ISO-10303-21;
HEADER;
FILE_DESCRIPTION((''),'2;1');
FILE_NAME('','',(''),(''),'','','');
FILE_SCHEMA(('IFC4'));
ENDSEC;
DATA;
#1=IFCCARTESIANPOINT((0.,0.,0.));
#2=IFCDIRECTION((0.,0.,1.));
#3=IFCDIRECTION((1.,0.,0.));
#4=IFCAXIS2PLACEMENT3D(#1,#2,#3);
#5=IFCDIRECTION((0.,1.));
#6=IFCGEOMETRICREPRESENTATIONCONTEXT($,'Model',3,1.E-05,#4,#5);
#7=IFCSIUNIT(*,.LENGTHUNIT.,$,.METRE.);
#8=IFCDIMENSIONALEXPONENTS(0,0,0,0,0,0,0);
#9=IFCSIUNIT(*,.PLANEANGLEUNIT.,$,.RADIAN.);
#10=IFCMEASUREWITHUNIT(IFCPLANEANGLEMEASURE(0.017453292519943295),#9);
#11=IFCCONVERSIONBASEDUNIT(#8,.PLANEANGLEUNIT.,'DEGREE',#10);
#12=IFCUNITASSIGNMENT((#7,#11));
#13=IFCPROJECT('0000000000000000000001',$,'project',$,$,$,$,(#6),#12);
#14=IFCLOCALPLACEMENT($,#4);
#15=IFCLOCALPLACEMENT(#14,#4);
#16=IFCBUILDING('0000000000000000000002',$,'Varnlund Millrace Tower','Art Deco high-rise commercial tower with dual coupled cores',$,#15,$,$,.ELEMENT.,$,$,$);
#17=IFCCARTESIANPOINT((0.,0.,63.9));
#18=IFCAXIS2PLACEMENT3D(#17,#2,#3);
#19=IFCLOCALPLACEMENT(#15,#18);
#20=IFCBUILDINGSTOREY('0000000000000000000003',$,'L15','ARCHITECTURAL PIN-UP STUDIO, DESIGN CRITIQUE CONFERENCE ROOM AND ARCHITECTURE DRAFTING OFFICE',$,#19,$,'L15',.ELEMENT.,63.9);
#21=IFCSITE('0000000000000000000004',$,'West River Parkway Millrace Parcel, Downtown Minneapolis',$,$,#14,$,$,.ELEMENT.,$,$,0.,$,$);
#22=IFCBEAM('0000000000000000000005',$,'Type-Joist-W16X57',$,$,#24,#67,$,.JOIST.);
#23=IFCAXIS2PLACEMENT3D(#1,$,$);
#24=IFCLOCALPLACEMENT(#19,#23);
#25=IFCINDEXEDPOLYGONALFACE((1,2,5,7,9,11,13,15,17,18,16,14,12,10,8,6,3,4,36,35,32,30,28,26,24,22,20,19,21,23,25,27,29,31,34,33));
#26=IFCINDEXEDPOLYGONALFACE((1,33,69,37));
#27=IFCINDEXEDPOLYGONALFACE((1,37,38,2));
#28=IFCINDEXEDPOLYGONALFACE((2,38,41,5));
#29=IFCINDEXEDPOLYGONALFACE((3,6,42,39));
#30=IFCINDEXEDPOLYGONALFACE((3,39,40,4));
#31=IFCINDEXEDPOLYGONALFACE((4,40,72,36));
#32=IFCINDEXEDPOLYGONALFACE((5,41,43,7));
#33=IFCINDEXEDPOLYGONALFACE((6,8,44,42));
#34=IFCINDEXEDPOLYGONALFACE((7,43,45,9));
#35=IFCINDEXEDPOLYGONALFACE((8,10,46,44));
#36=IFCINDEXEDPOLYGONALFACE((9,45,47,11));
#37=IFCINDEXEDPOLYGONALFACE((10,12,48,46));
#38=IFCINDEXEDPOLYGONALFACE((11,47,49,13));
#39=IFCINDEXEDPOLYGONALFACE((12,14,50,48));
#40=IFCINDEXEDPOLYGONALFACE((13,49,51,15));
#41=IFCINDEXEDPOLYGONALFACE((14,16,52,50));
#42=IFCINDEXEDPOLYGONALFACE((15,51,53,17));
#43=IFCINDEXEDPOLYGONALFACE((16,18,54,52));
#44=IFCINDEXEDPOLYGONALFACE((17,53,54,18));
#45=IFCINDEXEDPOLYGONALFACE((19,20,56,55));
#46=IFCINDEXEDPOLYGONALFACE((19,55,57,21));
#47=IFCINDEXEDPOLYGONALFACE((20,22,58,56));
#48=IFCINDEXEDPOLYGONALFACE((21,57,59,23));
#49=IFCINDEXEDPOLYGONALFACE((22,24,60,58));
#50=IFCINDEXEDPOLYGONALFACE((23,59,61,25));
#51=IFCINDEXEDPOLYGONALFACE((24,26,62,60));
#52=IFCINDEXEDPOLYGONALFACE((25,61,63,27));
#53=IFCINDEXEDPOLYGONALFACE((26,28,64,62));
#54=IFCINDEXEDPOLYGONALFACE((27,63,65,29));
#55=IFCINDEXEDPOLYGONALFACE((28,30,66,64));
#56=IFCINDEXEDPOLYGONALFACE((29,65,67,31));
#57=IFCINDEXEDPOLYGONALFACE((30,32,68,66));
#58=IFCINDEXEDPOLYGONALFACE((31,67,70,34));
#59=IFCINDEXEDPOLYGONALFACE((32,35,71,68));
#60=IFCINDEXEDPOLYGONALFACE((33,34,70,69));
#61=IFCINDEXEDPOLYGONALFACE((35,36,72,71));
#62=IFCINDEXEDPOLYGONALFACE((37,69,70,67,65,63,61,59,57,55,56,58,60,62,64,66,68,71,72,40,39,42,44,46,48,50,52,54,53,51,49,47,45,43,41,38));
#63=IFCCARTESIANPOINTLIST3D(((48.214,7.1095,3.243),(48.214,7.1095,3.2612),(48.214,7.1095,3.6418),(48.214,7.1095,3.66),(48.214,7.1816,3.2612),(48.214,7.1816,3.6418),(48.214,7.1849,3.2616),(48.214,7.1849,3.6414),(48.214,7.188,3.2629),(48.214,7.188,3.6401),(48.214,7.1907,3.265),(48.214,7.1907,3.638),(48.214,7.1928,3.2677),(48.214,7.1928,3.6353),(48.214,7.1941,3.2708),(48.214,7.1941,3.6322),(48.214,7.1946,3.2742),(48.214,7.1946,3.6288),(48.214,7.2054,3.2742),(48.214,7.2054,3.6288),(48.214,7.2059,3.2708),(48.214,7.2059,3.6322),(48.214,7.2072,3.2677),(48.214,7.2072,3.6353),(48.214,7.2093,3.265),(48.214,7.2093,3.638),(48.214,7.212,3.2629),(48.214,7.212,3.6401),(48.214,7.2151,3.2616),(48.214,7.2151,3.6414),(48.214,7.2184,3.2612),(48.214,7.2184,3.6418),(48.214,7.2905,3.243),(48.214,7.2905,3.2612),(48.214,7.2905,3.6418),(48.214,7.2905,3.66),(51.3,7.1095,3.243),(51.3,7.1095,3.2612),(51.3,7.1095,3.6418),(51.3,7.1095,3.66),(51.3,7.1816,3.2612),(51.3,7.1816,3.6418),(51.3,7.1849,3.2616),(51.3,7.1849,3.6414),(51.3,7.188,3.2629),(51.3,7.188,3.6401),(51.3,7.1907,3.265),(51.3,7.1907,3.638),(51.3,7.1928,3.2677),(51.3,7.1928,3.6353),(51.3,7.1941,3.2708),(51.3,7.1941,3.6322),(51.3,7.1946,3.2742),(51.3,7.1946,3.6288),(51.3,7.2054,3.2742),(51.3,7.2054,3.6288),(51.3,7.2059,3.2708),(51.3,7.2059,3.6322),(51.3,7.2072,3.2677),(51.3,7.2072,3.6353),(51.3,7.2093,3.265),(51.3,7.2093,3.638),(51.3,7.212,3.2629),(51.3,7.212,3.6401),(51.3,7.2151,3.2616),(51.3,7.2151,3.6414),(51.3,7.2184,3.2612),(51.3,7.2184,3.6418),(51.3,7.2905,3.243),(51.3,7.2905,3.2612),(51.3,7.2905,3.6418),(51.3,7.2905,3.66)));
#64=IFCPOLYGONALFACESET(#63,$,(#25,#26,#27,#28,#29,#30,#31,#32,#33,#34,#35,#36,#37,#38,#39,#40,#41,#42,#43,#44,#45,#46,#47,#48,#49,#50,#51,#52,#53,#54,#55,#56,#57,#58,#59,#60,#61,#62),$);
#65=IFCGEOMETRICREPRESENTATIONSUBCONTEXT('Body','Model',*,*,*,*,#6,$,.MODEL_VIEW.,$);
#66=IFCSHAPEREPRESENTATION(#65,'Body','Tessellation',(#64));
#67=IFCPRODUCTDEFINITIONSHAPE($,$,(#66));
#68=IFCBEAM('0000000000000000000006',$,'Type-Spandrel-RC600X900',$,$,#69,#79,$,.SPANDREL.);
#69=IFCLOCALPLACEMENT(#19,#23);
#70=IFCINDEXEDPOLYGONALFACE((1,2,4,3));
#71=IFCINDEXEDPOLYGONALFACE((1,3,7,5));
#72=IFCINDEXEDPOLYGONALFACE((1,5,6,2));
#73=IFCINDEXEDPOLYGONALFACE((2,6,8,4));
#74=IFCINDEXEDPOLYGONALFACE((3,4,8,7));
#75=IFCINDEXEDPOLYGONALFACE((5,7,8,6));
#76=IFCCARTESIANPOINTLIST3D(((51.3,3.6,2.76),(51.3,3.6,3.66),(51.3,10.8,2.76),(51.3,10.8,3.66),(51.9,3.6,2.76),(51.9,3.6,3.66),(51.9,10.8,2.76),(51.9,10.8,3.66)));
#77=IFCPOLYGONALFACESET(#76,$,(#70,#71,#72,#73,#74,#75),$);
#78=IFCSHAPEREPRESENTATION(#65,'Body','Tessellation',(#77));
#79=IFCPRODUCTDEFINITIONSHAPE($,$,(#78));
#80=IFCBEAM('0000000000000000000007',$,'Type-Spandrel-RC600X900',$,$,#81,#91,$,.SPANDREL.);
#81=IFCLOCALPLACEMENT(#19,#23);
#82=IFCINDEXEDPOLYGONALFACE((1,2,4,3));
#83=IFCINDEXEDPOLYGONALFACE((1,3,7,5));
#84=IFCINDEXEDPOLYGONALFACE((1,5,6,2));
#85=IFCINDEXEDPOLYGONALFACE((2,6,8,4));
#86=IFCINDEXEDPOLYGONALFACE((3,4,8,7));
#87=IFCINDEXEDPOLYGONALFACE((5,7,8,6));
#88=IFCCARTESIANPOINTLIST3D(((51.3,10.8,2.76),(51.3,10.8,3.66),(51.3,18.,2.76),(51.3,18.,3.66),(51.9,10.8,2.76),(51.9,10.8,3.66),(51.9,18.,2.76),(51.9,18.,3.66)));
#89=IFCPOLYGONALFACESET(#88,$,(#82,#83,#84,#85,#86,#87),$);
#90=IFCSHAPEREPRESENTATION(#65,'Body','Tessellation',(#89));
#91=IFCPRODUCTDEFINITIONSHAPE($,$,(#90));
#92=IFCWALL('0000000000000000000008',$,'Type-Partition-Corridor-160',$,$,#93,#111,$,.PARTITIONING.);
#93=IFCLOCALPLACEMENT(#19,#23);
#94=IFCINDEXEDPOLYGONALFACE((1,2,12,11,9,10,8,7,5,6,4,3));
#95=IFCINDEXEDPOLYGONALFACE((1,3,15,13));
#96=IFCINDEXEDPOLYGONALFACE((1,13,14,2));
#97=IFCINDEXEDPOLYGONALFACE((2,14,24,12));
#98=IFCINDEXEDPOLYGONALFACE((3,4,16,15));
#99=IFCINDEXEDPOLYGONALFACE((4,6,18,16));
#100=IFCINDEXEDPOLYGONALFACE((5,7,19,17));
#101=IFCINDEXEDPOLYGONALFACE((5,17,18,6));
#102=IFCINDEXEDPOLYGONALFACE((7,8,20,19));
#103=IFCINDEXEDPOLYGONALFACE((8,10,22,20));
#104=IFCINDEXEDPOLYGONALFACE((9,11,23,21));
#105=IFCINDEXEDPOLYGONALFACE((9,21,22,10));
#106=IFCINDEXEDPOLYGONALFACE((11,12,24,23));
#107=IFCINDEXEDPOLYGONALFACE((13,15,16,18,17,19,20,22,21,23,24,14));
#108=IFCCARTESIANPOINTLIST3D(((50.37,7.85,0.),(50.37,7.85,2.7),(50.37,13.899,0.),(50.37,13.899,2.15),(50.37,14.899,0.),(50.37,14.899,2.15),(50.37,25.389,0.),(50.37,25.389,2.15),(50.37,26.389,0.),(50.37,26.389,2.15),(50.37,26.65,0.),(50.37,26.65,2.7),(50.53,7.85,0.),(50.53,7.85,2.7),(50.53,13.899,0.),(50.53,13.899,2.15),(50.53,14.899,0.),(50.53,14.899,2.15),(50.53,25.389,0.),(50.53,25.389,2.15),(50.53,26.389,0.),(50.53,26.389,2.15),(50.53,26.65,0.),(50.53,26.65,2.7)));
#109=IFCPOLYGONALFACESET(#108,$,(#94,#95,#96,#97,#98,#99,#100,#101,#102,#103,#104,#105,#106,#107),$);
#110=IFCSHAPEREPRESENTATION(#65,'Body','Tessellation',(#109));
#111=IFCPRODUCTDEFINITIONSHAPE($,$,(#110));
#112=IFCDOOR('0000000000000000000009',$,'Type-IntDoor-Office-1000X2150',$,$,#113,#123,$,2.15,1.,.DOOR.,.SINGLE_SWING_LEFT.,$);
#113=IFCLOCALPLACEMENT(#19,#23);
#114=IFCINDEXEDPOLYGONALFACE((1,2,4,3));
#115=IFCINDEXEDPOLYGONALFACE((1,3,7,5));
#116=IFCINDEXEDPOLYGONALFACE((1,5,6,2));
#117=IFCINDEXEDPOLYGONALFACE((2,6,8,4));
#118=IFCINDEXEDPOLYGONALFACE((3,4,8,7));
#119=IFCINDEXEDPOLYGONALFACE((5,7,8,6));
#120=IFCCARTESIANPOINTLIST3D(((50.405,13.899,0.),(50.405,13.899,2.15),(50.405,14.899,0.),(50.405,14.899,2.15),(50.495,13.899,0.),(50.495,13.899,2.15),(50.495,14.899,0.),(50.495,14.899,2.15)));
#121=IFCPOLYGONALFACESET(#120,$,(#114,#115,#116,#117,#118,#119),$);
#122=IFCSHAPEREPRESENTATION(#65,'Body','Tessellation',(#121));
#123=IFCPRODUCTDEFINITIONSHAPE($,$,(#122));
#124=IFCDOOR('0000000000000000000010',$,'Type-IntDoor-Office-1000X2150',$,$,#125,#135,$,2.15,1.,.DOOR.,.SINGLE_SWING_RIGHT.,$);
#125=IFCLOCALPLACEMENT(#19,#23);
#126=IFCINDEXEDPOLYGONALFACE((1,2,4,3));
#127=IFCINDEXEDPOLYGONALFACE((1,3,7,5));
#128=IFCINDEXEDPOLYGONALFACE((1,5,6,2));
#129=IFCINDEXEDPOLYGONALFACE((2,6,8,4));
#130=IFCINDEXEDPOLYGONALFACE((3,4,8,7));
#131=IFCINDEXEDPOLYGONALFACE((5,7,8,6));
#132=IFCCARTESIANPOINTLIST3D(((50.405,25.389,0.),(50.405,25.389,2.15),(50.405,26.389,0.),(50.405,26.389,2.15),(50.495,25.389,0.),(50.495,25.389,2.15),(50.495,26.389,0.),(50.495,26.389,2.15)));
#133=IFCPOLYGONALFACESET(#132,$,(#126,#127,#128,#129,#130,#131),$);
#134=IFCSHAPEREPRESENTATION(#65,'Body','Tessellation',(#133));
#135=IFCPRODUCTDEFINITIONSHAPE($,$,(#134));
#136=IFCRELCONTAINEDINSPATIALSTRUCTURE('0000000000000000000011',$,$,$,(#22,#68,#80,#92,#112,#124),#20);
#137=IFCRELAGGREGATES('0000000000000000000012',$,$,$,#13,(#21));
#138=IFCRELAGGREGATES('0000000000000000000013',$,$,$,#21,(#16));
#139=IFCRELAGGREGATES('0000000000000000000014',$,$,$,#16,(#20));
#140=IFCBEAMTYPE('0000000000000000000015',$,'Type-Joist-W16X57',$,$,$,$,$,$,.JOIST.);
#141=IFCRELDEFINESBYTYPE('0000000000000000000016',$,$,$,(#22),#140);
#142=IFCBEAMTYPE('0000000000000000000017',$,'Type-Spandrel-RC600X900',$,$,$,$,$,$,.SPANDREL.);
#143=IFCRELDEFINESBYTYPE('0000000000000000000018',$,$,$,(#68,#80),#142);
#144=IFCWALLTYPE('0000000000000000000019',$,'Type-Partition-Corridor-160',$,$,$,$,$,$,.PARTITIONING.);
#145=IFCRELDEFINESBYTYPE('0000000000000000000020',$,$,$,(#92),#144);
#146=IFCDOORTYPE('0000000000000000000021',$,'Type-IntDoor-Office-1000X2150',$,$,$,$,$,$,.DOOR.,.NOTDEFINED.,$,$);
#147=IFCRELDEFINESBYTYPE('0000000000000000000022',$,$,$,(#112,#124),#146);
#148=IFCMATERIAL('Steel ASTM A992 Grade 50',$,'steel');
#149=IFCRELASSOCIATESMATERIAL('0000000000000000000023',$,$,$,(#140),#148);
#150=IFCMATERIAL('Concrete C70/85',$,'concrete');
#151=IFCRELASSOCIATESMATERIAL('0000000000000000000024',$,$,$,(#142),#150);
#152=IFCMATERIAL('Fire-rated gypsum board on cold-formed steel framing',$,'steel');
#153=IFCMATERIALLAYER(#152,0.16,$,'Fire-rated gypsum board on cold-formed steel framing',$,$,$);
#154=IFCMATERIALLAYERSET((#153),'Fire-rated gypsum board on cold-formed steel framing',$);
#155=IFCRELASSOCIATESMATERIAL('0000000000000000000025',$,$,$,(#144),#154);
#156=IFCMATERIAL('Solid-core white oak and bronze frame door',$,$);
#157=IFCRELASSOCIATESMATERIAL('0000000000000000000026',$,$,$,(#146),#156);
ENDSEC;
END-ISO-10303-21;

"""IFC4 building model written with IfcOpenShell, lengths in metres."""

from ifc_helpers import new_model, entity, si_unit, converted_unit, direction, frame, origin_with_axes, origin_2d_with_axis, place, context, subcontext, project, spatial, polyline, rectangle, i_section, outline, extrude, material, layer, layer_set, material_profile, profile_set, type_object, element, fill, save


model = new_model("IFC4")

# Units and contexts
model_context = context("Model", 3, precision=1e-05, world=origin_with_axes(), true_north=direction((0.0, 1.0)))
body_context = subcontext(model_context, "Body", "Model", "MODEL_VIEW")
ifc_project = project(units=[si_unit("LENGTHUNIT", "METRE"), converted_unit("PLANEANGLEUNIT", "DEGREE", entity("IfcPlaneAngleMeasure", 0.017453292519943295), si_unit("PLANEANGLEUNIT", "RADIAN"), dimensions=[0, 0, 0, 0, 0, 0, 0])], contexts=[model_context])

# Site, building, storey
site_placement = place(None, origin_with_axes())
site = spatial("IfcSite", under=ifc_project, at=site_placement, Name="West River Parkway Millrace Parcel, Downtown Minneapolis", CompositionType="ELEMENT", RefElevation=0.0)
building_placement = place(site_placement, origin_with_axes())
building = spatial("IfcBuilding", under=site, at=building_placement, Name="Varnlund Millrace Tower", Description="Art Deco high-rise commercial tower with dual coupled cores", CompositionType="ELEMENT")
storey_placement = place(building_placement, frame((0.0, 0.0, 63.9), z_axis=(0.0, 0.0, 1.0), x_axis=(1.0, 0.0, 0.0)))
storey = spatial("IfcBuildingStorey", under=building, at=storey_placement, Name="L15", Description="ARCHITECTURAL PIN-UP STUDIO, DESIGN CRITIQUE CONFERENCE ROOM AND ARCHITECTURE DRAFTING OFFICE", LongName="L15", CompositionType="ELEMENT", Elevation=63.9)

# Beams
ifc_material_1 = material(Name="Steel ASTM A992 Grade 50", Category="steel")
ifc_material_profile_1 = material_profile(ifc_material_1, i_section(OverallWidth=0.181, OverallDepth=0.417, WebThickness=0.0109, FlangeThickness=0.0182, FilletRadius=0.013, at=origin_2d_with_axis()), Name="Steel ASTM A992 Grade 50")
ifc_profile_set_1 = profile_set([ifc_material_profile_1], Name="Steel ASTM A992 Grade 50")
beam_type_1 = type_object("IfcBeamType", Name="Type-Joist-W16X57", PredefinedType="JOIST", material=ifc_profile_set_1)
beam_1_placement = place(storey_placement, frame((48.214, 7.2, 3.4515), z_axis=(1.0, 0.0, 0.0), x_axis=(0.0, 1.0, 0.0)))
element("IfcBeam", 1, at=beam_1_placement, inside=storey, type_object=beam_type_1, Name="Type-Joist-W16X57", PredefinedType="JOIST", context=body_context, shape_type="SweptSolid", body=[
    extrude(i_section(OverallWidth=0.181, OverallDepth=0.417, WebThickness=0.0109, FlangeThickness=0.0182, FilletRadius=0.013, at=origin_2d_with_axis()), origin_with_axes(), (0.0, 0.0, 1.0), 3.086),
])
ifc_material_2 = material(Name="Concrete C70/85", Category="concrete")
ifc_material_profile_2 = material_profile(ifc_material_2, rectangle(XDim=0.6, YDim=0.9, at=origin_2d_with_axis()), Name="Concrete C70/85")
ifc_profile_set_2 = profile_set([ifc_material_profile_2], Name="Concrete C70/85")
beam_type_2 = type_object("IfcBeamType", Name="Type-Spandrel-RC600X900", PredefinedType="SPANDREL", material=ifc_profile_set_2)
for number, where, z_axis, x_axis, name in (
    (2, (51.6, 3.6, 3.21), (0.0, 1.0, 0.0), (-1.0, 0.0, 0.0), "Type-Spandrel-RC600X900"),
    (3, (51.6, 10.8, 3.21), (0.0, 1.0, 0.0), (-1.0, 0.0, 0.0), "Type-Spandrel-RC600X900"),
):
    element("IfcBeam", number, at=place(storey_placement, frame(where, z_axis=z_axis, x_axis=x_axis)), inside=storey, type_object=beam_type_2, Name=name, PredefinedType="SPANDREL", context=body_context, shape_type="SweptSolid", body=[
        extrude(rectangle(XDim=0.6, YDim=0.9, at=origin_2d_with_axis()), origin_with_axes(), (0.0, 0.0, 1.0), 7.2),
    ])

# Wall, openings, doors
ifc_material_3 = material(Name="Fire-rated gypsum board on cold-formed steel framing", Category="steel")
ifc_layer = layer(ifc_material_3, 0.16, Name="Fire-rated gypsum board on cold-formed steel framing")
ifc_layer_set = layer_set([ifc_layer], Name="Fire-rated gypsum board on cold-formed steel framing")
wall_type = type_object("IfcWallType", Name="Type-Partition-Corridor-160", PredefinedType="PARTITIONING", material=ifc_layer_set)
wall_placement = place(storey_placement, frame((50.45, 7.85, 0.0), z_axis=(0.0, 0.0, 1.0), x_axis=(0.0, 1.0, 0.0)))
wall = element("IfcWall", 4, at=wall_placement, inside=storey, type_object=wall_type, Name="Type-Partition-Corridor-160", PredefinedType="PARTITIONING", context=body_context, shape_type="SweptSolid", body=[
    extrude(outline(polyline([(0.0, -0.08), (18.8, -0.08), (18.8, 0.08), (0.0, 0.08), (0.0, -0.08)])), origin_with_axes(), (0.0, 0.0, 1.0), 2.7),
])
opening_1_placement = place(wall_placement, frame((6.549, 0.0, 0.0), z_axis=(0.0, 0.0, 1.0), x_axis=(1.0, 0.0, 0.0)))
opening_1 = element("IfcOpeningElement", 5, at=opening_1_placement, cuts=wall, PredefinedType="OPENING", context=body_context, shape_type="SweptSolid", body=[
    extrude(rectangle(XDim=1.0, YDim=0.18, at=origin_2d_with_axis()), origin_with_axes(), (0.0, 0.0, 1.0), 2.15),
])
opening_2_placement = place(wall_placement, frame((18.039, 0.0, 0.0), z_axis=(0.0, 0.0, 1.0), x_axis=(1.0, 0.0, 0.0)))
opening_2 = element("IfcOpeningElement", 6, at=opening_2_placement, cuts=wall, PredefinedType="OPENING", context=body_context, shape_type="SweptSolid", body=[
    extrude(rectangle(XDim=1.0, YDim=0.18, at=origin_2d_with_axis()), origin_with_axes(), (0.0, 0.0, 1.0), 2.15),
])
ifc_material_4 = material(Name="Solid-core white oak and bronze frame door")
door_type = type_object("IfcDoorType", Name="Type-IntDoor-Office-1000X2150", OperationType="NOTDEFINED", PredefinedType="DOOR", material=ifc_material_4)
door_1_placement = place(wall_placement, frame((6.549, 0.0, 0.0), z_axis=(0.0, 0.0, 1.0), x_axis=(1.0, 0.0, 0.0)))
door_1 = element("IfcDoor", 7, at=door_1_placement, inside=storey, type_object=door_type, Name="Type-IntDoor-Office-1000X2150", OperationType="SINGLE_SWING_LEFT", OverallHeight=2.15, OverallWidth=1.0, PredefinedType="DOOR", context=body_context, shape_type="SweptSolid", body=[
    extrude(rectangle(XDim=1.0, YDim=0.09, at=origin_2d_with_axis()), origin_with_axes(), (0.0, 0.0, 1.0), 2.15),
])
fill(opening_1, door_1)
door_2_placement = place(wall_placement, frame((18.039, 0.0, 0.0), z_axis=(0.0, 0.0, 1.0), x_axis=(1.0, 0.0, 0.0)))
door_2 = element("IfcDoor", 8, at=door_2_placement, inside=storey, type_object=door_type, Name="Type-IntDoor-Office-1000X2150", OperationType="SINGLE_SWING_RIGHT", OverallHeight=2.15, OverallWidth=1.0, PredefinedType="DOOR", context=body_context, shape_type="SweptSolid", body=[
    extrude(rectangle(XDim=1.0, YDim=0.09, at=origin_2d_with_axis()), origin_with_axes(), (0.0, 0.0, 1.0), 2.15),
])
fill(opening_2, door_2)

save(model, "model.ifc")
